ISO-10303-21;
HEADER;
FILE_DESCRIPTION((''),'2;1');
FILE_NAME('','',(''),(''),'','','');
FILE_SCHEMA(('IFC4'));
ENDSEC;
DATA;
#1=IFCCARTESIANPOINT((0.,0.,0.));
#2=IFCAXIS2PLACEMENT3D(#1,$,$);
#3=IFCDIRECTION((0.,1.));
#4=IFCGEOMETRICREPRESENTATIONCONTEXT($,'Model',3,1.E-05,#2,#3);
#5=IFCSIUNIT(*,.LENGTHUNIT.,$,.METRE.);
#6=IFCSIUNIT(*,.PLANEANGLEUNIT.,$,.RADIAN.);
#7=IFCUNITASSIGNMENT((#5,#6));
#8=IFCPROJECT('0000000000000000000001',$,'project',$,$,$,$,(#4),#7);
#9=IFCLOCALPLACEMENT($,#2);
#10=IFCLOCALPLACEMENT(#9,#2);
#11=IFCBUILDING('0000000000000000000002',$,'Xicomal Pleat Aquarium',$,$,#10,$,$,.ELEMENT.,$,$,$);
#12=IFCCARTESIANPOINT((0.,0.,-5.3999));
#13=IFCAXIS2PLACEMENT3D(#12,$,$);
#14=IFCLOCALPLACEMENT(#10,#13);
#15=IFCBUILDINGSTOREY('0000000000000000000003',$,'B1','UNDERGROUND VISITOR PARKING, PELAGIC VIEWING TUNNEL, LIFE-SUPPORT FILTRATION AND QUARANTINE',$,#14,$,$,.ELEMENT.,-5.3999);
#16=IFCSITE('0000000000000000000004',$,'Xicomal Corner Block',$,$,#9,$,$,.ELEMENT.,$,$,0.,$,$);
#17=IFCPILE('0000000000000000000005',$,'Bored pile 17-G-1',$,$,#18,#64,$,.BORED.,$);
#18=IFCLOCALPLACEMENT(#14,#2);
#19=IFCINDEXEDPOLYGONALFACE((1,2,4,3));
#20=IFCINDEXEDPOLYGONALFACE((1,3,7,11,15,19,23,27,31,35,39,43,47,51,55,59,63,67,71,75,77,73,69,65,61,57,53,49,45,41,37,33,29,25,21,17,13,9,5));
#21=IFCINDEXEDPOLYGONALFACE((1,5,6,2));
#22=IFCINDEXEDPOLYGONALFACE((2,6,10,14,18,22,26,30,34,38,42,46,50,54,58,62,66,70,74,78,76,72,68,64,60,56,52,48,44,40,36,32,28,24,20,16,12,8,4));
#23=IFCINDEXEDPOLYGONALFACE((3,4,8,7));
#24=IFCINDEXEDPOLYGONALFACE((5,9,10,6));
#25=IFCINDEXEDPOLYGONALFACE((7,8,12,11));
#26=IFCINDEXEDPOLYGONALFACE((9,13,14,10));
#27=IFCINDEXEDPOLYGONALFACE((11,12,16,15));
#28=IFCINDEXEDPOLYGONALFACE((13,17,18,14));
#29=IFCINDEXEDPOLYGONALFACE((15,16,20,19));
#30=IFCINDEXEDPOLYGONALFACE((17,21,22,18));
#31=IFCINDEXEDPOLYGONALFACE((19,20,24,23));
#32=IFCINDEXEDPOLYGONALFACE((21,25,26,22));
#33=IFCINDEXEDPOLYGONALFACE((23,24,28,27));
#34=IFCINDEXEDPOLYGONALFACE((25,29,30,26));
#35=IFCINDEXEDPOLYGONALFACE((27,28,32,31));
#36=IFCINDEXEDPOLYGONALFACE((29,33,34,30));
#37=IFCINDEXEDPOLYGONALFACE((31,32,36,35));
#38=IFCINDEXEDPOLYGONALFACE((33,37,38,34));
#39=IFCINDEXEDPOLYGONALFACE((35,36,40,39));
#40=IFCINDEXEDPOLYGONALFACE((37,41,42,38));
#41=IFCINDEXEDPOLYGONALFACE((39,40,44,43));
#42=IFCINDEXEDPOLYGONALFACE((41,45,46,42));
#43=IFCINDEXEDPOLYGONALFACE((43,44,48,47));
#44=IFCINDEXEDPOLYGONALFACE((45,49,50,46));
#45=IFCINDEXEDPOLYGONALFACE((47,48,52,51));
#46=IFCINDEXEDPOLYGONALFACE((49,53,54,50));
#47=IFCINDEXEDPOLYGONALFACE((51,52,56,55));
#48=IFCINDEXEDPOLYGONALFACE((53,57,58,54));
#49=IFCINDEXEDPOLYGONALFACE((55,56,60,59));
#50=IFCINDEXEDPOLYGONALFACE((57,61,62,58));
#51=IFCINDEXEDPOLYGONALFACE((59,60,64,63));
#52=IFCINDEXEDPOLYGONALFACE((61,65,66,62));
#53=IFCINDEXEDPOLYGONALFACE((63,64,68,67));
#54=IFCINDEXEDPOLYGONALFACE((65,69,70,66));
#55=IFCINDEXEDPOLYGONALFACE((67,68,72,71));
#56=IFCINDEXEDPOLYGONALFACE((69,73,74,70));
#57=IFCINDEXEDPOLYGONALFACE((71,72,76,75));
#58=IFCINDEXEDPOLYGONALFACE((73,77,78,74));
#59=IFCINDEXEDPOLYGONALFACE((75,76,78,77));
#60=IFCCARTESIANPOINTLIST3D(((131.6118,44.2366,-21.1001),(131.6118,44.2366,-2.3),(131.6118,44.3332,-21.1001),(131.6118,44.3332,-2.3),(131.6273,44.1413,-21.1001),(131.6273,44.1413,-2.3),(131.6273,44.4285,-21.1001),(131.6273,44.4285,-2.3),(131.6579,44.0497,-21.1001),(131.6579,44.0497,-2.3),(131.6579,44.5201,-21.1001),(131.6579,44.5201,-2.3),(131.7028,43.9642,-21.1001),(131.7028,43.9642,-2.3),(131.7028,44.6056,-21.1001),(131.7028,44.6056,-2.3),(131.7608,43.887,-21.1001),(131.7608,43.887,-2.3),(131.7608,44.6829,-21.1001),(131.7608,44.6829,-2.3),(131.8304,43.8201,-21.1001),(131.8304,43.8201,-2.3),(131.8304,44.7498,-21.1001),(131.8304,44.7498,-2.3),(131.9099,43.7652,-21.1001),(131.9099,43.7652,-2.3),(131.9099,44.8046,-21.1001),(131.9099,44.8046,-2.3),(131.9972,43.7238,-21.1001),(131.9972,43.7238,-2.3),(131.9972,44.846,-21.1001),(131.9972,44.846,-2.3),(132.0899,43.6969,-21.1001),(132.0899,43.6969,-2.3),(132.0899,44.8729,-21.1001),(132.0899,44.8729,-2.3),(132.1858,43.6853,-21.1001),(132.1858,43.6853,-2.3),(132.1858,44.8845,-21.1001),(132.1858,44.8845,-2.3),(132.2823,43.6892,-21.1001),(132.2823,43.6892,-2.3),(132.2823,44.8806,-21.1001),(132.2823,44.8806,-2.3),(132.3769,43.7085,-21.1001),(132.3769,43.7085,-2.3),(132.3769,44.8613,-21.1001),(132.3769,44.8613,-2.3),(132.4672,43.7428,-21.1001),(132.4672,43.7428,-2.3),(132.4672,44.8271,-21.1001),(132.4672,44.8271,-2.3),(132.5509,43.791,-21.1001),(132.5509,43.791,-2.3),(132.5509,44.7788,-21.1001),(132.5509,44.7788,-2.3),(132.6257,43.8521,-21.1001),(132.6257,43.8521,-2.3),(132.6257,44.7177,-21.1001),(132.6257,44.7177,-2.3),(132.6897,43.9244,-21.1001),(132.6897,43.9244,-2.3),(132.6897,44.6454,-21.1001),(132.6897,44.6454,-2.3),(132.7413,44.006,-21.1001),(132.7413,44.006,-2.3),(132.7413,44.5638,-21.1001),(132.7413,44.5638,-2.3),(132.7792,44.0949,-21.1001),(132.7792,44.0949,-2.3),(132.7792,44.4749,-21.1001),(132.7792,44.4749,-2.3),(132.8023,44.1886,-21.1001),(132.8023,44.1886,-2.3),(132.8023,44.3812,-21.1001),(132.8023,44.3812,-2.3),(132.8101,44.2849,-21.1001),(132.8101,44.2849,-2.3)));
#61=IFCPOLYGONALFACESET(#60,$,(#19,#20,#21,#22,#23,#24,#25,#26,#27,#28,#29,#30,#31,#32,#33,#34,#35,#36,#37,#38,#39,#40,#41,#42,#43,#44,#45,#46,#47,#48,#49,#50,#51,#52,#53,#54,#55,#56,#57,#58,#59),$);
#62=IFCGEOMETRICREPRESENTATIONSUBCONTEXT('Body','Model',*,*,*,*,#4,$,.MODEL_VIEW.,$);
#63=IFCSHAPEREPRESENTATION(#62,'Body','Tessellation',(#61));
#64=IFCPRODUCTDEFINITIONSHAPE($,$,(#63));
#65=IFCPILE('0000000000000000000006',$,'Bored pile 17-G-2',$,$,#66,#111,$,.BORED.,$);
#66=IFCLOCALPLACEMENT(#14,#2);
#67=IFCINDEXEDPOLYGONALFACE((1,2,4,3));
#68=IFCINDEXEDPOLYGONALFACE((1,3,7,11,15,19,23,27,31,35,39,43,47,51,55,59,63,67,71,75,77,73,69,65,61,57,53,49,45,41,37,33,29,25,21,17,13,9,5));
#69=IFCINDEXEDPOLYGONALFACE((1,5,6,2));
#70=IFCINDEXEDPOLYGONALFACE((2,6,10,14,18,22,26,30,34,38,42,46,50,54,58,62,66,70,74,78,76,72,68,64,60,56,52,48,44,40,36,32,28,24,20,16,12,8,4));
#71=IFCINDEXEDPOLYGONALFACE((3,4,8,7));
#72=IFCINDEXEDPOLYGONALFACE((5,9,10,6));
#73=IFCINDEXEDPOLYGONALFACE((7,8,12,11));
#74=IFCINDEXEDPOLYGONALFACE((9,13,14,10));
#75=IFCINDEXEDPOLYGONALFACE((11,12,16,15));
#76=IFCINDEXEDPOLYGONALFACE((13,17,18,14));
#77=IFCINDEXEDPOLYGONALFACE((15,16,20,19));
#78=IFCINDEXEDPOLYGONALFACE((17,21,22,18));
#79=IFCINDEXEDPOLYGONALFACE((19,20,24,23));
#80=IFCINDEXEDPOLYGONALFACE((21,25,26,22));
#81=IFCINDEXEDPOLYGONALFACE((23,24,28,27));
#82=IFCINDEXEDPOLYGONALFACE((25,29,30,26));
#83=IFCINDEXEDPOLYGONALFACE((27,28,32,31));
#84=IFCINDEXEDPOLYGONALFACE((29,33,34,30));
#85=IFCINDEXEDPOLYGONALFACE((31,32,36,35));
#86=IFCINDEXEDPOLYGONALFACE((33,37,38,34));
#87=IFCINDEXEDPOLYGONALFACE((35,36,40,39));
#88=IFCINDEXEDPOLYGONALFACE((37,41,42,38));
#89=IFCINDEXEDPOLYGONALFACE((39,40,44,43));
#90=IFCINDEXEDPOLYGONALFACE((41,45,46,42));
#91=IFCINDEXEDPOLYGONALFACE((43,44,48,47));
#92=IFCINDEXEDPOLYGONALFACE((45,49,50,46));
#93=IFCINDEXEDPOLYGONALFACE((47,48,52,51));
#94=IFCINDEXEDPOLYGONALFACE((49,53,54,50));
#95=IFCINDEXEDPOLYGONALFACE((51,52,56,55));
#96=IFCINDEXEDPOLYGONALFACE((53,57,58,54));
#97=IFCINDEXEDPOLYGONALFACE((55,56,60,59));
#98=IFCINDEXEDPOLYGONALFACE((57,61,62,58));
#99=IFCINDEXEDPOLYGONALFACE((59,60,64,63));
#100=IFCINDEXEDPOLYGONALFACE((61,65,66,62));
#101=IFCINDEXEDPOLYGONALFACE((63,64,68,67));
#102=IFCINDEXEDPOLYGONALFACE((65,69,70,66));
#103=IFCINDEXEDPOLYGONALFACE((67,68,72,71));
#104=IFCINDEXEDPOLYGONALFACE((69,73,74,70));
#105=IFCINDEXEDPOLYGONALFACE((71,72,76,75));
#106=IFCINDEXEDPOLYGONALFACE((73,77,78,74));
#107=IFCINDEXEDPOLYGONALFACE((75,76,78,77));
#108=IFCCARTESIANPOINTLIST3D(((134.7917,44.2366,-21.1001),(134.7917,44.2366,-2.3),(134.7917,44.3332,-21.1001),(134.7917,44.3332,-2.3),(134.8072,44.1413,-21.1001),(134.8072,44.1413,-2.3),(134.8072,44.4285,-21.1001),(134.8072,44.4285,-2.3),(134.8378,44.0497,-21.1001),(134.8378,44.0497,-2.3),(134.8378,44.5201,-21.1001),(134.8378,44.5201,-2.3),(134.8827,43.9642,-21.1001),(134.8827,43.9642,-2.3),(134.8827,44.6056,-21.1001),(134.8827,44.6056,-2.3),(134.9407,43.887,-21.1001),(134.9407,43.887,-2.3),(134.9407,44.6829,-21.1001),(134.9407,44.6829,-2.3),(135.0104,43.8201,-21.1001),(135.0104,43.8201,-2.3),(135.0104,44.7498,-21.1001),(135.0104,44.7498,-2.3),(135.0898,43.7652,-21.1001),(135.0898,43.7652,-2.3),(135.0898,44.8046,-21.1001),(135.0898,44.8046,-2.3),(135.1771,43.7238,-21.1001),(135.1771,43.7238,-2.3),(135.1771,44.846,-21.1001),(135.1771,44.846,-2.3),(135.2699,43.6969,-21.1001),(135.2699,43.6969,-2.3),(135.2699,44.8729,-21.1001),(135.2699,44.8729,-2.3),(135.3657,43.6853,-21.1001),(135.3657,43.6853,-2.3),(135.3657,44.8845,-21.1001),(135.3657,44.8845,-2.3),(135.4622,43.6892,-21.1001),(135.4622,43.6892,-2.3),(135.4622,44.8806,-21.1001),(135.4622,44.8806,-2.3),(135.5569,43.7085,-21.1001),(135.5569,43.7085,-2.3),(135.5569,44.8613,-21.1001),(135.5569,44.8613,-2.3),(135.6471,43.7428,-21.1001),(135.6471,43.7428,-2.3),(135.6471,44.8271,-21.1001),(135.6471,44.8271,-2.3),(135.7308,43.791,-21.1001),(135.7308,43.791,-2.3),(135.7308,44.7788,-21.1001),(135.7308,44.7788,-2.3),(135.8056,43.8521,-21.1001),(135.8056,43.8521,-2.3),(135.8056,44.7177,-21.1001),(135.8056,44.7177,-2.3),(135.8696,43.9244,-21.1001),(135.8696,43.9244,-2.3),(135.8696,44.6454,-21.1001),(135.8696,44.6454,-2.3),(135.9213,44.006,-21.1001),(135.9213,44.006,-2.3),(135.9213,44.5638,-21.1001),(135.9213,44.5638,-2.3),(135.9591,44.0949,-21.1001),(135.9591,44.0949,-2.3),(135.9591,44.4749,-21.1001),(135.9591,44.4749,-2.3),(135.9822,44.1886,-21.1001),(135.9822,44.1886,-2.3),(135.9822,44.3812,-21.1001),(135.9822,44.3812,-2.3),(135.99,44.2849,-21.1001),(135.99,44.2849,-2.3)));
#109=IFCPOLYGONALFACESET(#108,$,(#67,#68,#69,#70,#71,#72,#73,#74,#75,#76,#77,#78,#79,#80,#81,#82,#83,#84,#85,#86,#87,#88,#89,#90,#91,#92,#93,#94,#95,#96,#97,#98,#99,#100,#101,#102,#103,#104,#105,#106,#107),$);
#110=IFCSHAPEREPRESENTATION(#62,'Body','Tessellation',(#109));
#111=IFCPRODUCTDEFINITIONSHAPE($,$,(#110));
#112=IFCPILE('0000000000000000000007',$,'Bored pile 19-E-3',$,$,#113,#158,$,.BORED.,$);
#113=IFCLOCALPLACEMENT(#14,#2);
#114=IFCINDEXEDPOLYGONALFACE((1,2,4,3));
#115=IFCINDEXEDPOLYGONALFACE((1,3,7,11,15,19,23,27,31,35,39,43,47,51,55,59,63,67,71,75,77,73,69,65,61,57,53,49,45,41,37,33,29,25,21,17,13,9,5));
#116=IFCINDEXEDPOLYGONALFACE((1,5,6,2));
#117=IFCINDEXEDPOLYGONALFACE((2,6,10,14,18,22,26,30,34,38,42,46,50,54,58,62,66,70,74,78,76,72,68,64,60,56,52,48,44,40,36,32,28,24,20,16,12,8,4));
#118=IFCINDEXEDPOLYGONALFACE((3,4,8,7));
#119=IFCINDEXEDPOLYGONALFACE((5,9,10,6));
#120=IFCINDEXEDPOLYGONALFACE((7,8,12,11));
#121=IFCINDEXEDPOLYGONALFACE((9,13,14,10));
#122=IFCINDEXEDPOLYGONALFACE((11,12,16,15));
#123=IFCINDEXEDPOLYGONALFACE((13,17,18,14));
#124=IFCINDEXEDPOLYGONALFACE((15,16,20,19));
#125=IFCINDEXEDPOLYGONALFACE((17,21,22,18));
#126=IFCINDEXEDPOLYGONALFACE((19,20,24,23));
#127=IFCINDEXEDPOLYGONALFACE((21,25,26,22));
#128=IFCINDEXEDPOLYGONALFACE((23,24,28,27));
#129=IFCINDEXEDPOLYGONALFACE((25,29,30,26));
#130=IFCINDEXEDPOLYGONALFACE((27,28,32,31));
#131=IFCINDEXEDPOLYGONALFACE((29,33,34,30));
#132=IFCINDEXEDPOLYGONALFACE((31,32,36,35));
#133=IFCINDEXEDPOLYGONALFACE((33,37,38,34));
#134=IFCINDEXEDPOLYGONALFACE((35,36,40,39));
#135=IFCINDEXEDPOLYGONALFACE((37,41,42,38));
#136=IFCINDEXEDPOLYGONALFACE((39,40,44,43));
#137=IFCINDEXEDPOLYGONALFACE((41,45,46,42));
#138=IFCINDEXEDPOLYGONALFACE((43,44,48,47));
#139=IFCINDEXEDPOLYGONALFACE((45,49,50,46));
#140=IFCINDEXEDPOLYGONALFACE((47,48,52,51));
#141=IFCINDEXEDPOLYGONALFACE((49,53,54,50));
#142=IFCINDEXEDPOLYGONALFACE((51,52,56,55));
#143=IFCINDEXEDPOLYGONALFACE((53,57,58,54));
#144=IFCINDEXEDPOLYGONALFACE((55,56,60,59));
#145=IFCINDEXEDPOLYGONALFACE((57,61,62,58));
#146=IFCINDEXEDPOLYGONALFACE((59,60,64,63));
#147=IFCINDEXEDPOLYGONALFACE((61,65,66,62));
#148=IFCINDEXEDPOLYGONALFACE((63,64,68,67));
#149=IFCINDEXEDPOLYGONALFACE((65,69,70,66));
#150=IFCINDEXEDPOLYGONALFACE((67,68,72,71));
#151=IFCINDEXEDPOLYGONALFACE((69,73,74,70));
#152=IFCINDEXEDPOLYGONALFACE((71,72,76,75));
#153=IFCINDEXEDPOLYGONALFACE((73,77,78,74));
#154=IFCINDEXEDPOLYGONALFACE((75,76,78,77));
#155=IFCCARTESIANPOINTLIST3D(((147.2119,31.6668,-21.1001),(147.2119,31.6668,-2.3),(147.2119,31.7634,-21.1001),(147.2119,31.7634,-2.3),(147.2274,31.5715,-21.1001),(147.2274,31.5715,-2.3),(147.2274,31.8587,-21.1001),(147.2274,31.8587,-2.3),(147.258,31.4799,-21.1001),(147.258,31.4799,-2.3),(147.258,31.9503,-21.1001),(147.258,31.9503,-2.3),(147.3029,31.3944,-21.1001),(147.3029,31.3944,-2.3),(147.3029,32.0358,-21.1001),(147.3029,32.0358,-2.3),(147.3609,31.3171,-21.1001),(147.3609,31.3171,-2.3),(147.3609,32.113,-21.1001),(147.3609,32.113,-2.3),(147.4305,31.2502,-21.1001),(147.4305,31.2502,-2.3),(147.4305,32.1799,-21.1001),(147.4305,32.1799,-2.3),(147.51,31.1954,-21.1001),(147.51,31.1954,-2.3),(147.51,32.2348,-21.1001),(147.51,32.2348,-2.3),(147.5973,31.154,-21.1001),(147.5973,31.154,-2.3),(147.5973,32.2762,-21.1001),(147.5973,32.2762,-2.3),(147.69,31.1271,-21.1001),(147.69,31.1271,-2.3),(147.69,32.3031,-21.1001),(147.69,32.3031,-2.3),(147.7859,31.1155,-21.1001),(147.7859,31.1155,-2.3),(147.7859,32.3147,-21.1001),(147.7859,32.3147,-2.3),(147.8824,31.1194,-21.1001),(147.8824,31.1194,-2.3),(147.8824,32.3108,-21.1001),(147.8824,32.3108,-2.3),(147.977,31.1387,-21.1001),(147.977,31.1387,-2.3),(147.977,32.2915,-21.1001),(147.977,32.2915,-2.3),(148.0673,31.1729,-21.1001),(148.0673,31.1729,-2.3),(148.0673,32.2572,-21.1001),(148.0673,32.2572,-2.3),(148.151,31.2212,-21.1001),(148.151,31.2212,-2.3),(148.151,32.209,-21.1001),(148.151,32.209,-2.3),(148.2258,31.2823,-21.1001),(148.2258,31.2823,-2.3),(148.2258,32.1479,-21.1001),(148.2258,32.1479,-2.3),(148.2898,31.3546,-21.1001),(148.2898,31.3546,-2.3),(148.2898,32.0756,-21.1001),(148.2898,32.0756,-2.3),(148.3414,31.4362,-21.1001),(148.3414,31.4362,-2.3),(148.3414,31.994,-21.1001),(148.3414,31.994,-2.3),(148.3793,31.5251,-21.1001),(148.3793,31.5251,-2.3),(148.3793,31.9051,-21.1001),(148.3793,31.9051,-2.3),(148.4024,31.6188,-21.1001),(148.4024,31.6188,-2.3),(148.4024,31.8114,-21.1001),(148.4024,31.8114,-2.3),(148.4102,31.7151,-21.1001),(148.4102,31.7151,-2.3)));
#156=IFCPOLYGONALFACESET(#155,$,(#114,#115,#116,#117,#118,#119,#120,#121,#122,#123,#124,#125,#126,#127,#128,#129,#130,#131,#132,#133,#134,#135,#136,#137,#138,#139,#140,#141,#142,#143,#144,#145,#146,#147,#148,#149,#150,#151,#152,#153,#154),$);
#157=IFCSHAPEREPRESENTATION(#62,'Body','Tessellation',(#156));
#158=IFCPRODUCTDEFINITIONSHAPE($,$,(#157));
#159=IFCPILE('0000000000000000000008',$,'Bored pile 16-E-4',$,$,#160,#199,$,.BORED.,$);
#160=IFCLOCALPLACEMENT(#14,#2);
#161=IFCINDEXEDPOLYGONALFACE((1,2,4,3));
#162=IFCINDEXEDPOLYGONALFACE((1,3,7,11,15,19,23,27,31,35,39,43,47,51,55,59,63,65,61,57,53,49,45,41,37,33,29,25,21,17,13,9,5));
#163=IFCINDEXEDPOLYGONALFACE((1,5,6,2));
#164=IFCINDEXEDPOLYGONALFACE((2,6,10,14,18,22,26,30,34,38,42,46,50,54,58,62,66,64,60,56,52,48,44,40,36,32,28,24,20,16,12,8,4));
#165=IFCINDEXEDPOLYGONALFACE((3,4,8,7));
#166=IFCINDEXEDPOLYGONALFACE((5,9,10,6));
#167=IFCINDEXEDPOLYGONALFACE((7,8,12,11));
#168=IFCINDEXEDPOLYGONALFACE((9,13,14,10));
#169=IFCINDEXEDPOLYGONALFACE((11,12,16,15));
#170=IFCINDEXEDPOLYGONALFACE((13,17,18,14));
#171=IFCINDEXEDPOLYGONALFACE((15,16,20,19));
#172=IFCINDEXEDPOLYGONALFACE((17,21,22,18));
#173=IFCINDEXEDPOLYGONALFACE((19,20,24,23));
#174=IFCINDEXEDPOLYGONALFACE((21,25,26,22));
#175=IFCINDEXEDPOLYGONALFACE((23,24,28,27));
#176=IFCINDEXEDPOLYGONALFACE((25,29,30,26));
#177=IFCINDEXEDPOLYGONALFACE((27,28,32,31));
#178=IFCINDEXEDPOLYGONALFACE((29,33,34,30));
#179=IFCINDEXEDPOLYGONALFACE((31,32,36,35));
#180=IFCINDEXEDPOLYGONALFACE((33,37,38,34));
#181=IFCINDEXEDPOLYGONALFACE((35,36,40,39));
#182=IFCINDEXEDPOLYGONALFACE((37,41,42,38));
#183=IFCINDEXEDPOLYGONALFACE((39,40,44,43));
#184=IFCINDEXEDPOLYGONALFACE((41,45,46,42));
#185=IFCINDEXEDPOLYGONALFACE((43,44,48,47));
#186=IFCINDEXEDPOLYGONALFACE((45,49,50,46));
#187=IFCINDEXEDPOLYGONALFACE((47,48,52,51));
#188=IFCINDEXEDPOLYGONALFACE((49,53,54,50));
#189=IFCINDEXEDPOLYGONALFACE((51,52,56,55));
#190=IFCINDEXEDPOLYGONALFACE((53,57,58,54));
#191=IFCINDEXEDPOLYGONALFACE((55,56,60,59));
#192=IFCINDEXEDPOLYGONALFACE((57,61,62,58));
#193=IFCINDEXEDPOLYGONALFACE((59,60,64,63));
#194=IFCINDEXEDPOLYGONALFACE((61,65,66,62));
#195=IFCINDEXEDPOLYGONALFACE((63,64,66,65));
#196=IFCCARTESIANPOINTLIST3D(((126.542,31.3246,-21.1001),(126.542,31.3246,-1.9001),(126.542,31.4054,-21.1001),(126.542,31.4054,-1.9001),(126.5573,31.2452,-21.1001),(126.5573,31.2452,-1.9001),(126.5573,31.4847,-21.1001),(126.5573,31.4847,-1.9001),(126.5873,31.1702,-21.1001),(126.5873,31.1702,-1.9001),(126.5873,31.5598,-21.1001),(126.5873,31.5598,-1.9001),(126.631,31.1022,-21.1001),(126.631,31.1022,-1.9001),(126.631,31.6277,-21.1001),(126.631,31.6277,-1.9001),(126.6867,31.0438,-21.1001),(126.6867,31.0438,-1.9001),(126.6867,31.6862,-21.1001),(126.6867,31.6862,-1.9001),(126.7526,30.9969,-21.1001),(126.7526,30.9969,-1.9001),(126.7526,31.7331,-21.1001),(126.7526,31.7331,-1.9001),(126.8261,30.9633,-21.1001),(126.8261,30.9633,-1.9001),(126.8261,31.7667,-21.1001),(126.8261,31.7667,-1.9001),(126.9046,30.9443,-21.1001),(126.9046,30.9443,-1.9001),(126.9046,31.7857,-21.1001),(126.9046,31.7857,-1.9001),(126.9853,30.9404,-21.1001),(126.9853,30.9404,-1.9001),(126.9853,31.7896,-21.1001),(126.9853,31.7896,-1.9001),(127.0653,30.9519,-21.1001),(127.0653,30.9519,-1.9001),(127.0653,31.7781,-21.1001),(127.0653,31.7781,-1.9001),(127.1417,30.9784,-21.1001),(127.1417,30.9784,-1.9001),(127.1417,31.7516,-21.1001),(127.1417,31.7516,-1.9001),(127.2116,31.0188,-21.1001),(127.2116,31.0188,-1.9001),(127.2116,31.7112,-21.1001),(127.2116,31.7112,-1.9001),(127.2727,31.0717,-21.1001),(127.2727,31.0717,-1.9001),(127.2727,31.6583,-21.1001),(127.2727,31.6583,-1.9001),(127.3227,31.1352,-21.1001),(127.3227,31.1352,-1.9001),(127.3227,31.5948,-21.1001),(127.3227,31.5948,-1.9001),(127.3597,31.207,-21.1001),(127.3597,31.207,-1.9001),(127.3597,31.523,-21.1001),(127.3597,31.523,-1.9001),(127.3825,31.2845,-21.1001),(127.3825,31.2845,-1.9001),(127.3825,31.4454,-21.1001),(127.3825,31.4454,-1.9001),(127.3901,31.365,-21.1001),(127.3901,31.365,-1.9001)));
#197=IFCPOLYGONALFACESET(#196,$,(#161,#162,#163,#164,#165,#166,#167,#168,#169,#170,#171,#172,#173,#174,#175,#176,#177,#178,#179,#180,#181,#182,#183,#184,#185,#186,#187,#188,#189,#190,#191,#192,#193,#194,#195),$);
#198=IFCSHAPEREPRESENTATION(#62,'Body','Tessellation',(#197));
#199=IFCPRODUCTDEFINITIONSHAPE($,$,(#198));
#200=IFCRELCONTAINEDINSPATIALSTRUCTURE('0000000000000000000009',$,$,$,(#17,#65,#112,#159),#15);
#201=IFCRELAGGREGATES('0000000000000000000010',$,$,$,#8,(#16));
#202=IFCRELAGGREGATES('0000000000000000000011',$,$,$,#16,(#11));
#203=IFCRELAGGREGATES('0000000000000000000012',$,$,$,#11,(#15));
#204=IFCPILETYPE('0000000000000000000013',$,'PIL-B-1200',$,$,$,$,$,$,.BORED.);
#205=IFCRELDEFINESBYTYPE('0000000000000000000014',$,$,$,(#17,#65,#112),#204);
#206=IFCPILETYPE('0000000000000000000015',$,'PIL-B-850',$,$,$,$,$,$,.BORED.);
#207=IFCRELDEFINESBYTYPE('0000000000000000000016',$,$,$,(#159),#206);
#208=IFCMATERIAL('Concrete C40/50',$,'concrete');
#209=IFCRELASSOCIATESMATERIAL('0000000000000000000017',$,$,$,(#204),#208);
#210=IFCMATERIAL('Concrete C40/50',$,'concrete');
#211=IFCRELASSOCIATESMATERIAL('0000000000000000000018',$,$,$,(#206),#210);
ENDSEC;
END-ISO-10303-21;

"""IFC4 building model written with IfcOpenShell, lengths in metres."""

from ifc_helpers import new_model, si_unit, direction, frame, origin, origin_2d, place, context, subcontext, project, spatial, circle, extrude, material, material_profile, profile_set, type_object, element, save


model = new_model("IFC4")

# Units and contexts
model_context = context("Model", 3, precision=1e-05, world=origin(), true_north=direction((0.0, 1.0)))
body_context = subcontext(model_context, "Body", "Model", "MODEL_VIEW")
ifc_project = project(units=[si_unit("LENGTHUNIT", "METRE"), si_unit("PLANEANGLEUNIT", "RADIAN")], contexts=[model_context])

# Site, building, storey
site_placement = place(None, origin())
site = spatial("IfcSite", under=ifc_project, at=site_placement, Name="Xicomal Corner Block", CompositionType="ELEMENT", RefElevation=0.0)
building_placement = place(site_placement, origin())
building = spatial("IfcBuilding", under=site, at=building_placement, Name="Xicomal Pleat Aquarium", CompositionType="ELEMENT")
storey_placement = place(building_placement, frame((0.0, 0.0, -5.3999)))
storey = spatial("IfcBuildingStorey", under=building, at=storey_placement, Name="B1", Description="UNDERGROUND VISITOR PARKING, PELAGIC VIEWING TUNNEL, LIFE-SUPPORT FILTRATION AND QUARANTINE", CompositionType="ELEMENT", Elevation=-5.3999)

# Piles
ifc_material_1 = material(Name="Concrete C40/50", Category="concrete")
ifc_material_profile_1 = material_profile(ifc_material_1, circle(Radius=0.6001, at=origin_2d()), Name="BORED PILE D1200")
ifc_profile_set_1 = profile_set([ifc_material_profile_1], Name="Concrete C40/50")
pile_type_1 = type_object("IfcPileType", Name="PIL-B-1200", PredefinedType="BORED", material=ifc_profile_set_1)
for number, where, z_axis, x_axis, name in (
    (1, (132.21, 44.2849, -2.3), (0.0, 0.0, -1.0), (1.0, 0.0, 0.0), "Bored pile 17-G-1"),
    (2, (135.3899, 44.2849, -2.3), (0.0, 0.0, -1.0), (1.0, 0.0, 0.0), "Bored pile 17-G-2"),
    (3, (147.8101, 31.7151, -2.3), (0.0, 0.0, -1.0), (1.0, 0.0, 0.0), "Bored pile 19-E-3"),
):
    element("IfcPile", number, at=place(storey_placement, frame(where, z_axis=z_axis, x_axis=x_axis)), inside=storey, type_object=pile_type_1, Name=name, PredefinedType="BORED", context=body_context, shape_type="SweptSolid", body=[
        extrude(circle(Radius=0.6001, at=origin_2d()), origin(), (0.0, 0.0, 1.0), 18.8),
    ])
ifc_material_2 = material(Name="Concrete C40/50", Category="concrete")
ifc_material_profile_2 = material_profile(ifc_material_2, circle(Radius=0.425, at=origin_2d()), Name="BORED PILE D850")
ifc_profile_set_2 = profile_set([ifc_material_profile_2], Name="Concrete C40/50")
pile_type_2 = type_object("IfcPileType", Name="PIL-B-850", PredefinedType="BORED", material=ifc_profile_set_2)
pile_1_placement = place(storey_placement, frame((126.9651, 31.365, -1.9001), z_axis=(0.0, 0.0, -1.0), x_axis=(1.0, 0.0, 0.0)))
element("IfcPile", 4, at=pile_1_placement, inside=storey, type_object=pile_type_2, Name="Bored pile 16-E-4", PredefinedType="BORED", context=body_context, shape_type="SweptSolid", body=[
    extrude(circle(Radius=0.425, at=origin_2d()), origin(), (0.0, 0.0, 1.0), 19.2),
])

save(model, "model.ifc")
